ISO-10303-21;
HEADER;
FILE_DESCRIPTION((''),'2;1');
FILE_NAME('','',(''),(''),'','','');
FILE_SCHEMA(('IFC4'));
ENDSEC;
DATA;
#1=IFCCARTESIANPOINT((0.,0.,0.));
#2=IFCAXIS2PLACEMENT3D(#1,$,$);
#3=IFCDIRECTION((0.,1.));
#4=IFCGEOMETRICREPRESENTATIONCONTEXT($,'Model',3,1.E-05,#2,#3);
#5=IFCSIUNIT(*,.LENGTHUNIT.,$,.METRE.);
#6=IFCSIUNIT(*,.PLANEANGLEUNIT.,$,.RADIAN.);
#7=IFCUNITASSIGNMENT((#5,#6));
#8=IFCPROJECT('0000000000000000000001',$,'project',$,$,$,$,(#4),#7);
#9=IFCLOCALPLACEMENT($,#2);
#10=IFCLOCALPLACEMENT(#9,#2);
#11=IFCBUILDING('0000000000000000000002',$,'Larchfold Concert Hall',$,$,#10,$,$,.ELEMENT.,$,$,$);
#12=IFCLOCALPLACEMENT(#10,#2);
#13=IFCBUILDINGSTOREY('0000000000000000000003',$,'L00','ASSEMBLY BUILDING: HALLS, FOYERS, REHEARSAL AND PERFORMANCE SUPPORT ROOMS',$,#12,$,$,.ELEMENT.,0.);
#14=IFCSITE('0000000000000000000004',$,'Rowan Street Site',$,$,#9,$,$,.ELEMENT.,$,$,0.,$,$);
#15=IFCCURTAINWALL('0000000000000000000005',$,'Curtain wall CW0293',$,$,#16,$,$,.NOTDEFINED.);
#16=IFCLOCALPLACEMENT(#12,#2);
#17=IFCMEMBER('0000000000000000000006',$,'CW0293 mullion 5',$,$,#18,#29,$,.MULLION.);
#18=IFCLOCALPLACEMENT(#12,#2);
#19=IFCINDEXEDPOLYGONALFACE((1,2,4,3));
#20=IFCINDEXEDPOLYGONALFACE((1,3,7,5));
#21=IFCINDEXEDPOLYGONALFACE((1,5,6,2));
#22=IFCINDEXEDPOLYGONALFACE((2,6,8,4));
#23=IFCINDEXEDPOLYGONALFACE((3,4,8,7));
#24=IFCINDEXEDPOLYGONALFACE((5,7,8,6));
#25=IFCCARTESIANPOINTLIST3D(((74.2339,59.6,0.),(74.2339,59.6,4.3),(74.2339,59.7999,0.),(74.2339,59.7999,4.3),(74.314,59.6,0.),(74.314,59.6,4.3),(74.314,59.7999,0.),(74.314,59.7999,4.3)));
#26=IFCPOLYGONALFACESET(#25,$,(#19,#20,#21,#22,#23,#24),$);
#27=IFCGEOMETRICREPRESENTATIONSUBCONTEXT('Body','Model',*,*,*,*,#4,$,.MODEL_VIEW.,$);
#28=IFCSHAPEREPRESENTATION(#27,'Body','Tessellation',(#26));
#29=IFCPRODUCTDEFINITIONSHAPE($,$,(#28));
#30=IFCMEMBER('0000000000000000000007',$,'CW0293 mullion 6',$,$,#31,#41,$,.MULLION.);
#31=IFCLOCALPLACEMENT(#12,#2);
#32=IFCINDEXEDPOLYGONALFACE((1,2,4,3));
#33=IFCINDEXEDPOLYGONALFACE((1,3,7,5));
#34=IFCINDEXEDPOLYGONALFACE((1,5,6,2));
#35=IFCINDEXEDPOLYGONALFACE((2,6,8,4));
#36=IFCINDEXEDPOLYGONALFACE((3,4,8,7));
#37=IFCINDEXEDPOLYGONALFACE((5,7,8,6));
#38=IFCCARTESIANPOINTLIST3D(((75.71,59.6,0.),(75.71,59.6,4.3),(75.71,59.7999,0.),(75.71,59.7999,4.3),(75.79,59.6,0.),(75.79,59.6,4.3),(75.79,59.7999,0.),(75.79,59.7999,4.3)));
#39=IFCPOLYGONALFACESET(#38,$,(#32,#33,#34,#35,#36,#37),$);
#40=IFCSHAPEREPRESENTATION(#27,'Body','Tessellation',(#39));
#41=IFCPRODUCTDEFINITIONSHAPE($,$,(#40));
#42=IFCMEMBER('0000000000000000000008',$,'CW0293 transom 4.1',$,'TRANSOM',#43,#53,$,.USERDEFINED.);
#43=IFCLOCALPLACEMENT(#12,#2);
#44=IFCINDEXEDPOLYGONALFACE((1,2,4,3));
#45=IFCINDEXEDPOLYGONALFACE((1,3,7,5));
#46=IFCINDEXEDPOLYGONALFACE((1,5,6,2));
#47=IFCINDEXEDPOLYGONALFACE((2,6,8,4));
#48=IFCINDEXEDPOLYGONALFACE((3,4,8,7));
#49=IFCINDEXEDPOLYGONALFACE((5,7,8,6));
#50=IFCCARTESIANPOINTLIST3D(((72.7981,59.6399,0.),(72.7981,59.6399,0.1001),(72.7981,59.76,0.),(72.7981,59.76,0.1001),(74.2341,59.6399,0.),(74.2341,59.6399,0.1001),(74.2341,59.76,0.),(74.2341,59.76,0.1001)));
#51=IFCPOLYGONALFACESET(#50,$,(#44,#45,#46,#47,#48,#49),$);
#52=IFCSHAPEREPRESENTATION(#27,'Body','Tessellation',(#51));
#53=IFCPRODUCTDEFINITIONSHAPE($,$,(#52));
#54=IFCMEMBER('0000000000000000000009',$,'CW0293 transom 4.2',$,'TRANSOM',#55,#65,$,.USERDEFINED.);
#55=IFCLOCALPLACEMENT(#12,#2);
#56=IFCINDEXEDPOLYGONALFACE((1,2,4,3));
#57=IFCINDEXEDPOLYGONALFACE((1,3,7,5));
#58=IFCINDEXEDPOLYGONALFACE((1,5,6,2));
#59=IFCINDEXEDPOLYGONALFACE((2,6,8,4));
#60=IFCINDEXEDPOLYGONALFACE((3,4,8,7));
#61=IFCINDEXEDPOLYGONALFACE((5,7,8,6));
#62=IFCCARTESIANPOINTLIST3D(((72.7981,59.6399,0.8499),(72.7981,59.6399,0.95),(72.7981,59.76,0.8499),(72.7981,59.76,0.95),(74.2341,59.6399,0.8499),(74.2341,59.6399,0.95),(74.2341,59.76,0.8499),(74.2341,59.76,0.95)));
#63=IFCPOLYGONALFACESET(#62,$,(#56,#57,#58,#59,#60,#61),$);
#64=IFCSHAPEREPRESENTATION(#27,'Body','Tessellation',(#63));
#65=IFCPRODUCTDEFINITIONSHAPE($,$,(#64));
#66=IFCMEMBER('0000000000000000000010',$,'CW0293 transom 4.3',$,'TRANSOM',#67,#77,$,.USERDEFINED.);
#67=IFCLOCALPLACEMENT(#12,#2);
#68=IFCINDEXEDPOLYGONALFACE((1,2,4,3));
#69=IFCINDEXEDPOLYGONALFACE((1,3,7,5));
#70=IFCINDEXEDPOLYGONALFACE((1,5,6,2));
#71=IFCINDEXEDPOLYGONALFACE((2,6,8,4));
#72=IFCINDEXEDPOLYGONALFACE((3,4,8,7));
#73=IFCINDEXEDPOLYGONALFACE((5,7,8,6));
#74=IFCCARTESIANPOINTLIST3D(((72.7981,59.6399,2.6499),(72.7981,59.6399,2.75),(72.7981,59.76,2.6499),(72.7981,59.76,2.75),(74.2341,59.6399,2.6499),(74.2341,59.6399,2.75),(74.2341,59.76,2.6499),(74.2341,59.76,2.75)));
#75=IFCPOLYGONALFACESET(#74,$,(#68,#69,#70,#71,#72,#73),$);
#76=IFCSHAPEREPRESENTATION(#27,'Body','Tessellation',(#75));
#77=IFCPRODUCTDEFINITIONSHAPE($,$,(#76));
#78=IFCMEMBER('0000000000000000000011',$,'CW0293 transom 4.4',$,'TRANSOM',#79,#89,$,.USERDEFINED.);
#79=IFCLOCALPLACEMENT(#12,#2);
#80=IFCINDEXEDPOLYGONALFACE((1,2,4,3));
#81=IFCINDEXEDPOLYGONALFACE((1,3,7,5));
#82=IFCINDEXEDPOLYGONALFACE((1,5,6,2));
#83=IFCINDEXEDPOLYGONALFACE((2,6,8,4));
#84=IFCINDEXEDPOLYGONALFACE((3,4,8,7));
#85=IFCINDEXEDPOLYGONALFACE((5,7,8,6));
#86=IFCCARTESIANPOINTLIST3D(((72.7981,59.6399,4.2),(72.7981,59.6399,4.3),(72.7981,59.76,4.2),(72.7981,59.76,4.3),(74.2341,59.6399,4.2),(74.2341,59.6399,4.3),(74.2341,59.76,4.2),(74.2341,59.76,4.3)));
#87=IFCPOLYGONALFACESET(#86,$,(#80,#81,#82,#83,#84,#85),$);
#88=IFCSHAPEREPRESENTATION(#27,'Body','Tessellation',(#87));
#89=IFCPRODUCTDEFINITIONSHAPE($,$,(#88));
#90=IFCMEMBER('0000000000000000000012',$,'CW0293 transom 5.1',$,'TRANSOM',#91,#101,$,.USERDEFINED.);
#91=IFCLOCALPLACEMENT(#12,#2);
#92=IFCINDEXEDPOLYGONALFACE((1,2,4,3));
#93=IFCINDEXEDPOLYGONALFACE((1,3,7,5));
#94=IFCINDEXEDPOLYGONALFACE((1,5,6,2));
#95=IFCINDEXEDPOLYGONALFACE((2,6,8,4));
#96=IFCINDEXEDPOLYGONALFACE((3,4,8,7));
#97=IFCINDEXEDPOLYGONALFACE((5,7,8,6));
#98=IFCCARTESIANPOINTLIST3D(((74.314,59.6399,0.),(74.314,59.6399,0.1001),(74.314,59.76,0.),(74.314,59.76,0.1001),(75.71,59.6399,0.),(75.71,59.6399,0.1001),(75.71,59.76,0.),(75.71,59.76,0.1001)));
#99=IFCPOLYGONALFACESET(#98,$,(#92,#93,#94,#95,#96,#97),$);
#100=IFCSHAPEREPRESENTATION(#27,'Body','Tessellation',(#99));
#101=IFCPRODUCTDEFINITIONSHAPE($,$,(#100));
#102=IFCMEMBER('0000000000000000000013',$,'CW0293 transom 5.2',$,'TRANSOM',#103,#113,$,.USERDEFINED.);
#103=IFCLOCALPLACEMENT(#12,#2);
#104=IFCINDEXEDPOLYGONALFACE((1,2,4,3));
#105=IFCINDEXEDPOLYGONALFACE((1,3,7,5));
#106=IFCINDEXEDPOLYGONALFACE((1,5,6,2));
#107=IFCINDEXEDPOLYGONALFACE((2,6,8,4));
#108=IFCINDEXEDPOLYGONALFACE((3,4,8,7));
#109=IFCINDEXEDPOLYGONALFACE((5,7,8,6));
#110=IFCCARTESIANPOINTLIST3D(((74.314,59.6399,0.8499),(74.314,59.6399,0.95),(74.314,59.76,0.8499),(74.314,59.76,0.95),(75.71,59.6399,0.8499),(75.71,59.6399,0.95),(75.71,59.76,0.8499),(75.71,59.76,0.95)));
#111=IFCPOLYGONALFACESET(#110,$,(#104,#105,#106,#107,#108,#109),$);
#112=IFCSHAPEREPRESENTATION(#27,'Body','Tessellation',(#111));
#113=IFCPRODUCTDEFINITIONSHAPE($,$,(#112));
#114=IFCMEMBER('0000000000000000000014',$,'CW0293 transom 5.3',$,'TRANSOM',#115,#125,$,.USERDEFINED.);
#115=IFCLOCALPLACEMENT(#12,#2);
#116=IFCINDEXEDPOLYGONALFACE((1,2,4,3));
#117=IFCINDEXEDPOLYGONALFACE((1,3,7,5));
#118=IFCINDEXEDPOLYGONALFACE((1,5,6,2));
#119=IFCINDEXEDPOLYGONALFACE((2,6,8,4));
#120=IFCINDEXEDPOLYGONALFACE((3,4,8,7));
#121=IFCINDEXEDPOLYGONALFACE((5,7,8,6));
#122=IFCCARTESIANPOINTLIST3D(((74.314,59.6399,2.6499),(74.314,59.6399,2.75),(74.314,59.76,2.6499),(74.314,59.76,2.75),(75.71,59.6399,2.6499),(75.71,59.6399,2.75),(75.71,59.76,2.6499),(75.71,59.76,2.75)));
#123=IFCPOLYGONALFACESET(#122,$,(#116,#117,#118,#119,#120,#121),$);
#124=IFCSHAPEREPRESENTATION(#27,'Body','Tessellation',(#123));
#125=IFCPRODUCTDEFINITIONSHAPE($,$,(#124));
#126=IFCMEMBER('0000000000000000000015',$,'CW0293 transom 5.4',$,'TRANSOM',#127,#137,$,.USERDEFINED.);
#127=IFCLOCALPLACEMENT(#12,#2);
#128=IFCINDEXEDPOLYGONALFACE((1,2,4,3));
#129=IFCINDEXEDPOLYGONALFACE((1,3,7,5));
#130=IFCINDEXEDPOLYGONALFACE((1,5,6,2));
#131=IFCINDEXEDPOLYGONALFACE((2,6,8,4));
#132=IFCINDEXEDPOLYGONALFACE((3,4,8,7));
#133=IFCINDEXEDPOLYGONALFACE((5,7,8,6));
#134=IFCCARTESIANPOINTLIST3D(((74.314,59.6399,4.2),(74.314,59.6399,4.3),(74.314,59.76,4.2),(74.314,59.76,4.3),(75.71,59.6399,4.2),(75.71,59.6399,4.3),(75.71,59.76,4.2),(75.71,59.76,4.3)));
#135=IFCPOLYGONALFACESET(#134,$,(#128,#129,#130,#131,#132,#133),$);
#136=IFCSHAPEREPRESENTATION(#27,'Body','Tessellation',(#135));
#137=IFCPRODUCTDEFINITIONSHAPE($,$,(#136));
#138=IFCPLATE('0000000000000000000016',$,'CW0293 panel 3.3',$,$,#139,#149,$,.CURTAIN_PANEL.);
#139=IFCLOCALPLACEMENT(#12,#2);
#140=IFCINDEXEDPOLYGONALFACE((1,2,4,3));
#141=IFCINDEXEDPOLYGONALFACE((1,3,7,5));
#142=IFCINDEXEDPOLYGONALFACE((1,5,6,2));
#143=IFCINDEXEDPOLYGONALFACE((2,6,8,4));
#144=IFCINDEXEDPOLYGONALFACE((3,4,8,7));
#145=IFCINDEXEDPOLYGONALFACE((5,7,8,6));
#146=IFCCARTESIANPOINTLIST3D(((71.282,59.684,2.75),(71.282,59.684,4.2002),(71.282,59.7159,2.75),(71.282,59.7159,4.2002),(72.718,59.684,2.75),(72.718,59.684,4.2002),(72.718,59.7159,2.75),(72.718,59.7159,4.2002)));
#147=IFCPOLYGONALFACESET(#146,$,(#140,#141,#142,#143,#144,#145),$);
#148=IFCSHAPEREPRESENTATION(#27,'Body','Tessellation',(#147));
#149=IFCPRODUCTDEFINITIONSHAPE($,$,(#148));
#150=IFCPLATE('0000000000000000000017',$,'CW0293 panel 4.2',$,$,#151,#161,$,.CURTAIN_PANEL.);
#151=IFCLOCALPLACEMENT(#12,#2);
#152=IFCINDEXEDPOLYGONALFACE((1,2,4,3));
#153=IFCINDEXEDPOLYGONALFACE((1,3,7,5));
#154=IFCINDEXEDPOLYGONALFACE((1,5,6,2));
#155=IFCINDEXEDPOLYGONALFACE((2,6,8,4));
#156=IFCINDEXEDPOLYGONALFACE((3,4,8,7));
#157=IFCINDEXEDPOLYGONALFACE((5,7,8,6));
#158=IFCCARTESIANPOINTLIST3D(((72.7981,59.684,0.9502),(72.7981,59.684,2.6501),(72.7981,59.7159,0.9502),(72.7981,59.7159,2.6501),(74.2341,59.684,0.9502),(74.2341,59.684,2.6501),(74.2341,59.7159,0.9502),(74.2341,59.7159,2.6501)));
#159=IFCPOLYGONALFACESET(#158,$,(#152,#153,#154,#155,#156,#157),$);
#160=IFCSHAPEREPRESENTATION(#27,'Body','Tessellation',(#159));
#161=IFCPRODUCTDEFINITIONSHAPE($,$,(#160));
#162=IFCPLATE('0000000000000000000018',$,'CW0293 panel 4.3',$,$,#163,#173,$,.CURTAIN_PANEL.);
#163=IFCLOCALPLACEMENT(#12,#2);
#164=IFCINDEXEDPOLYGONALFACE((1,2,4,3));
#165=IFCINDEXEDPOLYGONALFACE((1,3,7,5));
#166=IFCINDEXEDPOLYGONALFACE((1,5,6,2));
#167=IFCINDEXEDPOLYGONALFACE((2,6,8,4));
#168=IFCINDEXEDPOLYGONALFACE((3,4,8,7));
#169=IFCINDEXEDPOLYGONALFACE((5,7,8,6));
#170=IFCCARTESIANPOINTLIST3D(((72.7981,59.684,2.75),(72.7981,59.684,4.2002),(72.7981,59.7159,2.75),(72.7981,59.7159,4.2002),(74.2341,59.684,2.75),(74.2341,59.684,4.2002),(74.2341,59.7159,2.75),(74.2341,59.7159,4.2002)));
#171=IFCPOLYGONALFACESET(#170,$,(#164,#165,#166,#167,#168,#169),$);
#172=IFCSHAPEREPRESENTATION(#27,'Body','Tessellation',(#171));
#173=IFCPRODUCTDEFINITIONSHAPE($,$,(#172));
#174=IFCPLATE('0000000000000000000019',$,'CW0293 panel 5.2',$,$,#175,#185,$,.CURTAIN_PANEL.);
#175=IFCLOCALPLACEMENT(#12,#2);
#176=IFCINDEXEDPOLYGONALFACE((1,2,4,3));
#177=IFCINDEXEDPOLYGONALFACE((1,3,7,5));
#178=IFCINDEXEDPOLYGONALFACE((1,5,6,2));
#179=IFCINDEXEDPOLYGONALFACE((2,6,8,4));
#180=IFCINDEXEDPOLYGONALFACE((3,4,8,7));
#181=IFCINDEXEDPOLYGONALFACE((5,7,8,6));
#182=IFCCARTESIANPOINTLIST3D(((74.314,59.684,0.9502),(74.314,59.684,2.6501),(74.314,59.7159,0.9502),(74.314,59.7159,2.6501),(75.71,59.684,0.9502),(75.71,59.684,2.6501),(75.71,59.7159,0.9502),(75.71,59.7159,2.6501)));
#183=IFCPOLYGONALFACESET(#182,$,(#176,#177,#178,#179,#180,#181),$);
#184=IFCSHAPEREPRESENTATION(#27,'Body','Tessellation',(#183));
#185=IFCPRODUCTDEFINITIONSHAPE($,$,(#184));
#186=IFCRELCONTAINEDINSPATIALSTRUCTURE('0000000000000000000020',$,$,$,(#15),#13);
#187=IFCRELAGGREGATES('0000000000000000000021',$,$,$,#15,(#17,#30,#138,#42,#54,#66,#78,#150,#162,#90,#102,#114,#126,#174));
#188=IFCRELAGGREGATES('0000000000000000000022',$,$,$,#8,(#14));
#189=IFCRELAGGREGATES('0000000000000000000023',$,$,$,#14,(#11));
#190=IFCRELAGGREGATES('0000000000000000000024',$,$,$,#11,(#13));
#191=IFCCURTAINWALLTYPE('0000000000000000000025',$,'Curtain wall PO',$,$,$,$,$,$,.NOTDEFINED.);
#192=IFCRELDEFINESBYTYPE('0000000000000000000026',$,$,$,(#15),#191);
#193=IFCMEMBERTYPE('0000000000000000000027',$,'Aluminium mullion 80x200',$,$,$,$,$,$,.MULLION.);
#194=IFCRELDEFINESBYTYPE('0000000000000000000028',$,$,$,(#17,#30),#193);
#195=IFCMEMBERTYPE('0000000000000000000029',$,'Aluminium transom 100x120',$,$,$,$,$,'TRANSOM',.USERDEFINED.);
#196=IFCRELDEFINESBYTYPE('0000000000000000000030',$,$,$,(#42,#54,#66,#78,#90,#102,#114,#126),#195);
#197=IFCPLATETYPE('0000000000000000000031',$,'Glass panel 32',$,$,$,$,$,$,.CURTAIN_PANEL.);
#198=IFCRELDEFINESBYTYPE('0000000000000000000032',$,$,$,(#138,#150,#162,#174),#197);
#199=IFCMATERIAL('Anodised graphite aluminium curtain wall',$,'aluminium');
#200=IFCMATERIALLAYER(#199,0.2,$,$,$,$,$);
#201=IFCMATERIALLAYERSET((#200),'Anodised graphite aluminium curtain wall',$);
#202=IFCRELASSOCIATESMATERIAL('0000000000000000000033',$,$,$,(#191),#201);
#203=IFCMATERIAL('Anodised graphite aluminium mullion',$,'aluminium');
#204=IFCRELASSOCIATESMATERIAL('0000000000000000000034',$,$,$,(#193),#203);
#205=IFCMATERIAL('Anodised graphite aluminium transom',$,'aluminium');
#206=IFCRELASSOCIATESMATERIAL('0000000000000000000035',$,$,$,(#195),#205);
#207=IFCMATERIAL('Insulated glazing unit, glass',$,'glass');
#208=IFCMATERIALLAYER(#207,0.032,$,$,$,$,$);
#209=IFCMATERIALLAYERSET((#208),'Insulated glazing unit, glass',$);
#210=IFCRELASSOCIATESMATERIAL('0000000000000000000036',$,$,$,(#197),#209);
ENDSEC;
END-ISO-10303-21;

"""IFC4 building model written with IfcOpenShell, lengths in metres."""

from ifc_helpers import new_model, si_unit, direction, frame, origin, origin_2d, place, context, subcontext, project, spatial, rectangle, extrude, material, layer, layer_set, material_profile, profile_set, type_object, element, aggregate, save


model = new_model("IFC4")

# Units and contexts
model_context = context("Model", 3, precision=1e-05, world=origin(), true_north=direction((0.0, 1.0)))
body_context = subcontext(model_context, "Body", "Model", "MODEL_VIEW")
ifc_project = project(units=[si_unit("LENGTHUNIT", "METRE"), si_unit("PLANEANGLEUNIT", "RADIAN")], contexts=[model_context])

# Site, building, storey
site_placement = place(None, origin())
site = spatial("IfcSite", under=ifc_project, at=site_placement, Name="Rowan Street Site", CompositionType="ELEMENT", RefElevation=0.0)
building_placement = place(site_placement, origin())
building = spatial("IfcBuilding", under=site, at=building_placement, Name="Larchfold Concert Hall", CompositionType="ELEMENT")
storey_placement = place(building_placement, origin())
storey = spatial("IfcBuildingStorey", under=building, at=storey_placement, Name="L00", Description="ASSEMBLY BUILDING: HALLS, FOYERS, REHEARSAL AND PERFORMANCE SUPPORT ROOMS", CompositionType="ELEMENT", Elevation=0.0)

# Curtain wall, members, plates
ifc_material_1 = material(Name="Anodised graphite aluminium curtain wall", Category="aluminium")
ifc_layer_1 = layer(ifc_material_1, 0.2)
ifc_layer_set_1 = layer_set([ifc_layer_1], Name="Anodised graphite aluminium curtain wall")
curtain_wall_type = type_object("IfcCurtainWallType", Name="Curtain wall PO", PredefinedType="NOTDEFINED", material=ifc_layer_set_1)
curtain_wall_placement = place(storey_placement, origin())
curtain_wall = element("IfcCurtainWall", 1, at=curtain_wall_placement, inside=storey, type_object=curtain_wall_type, Name="Curtain wall CW0293", PredefinedType="NOTDEFINED")
ifc_material_2 = material(Name="Anodised graphite aluminium mullion", Category="aluminium")
ifc_material_profile_1 = material_profile(ifc_material_2, rectangle(XDim=0.2, YDim=0.0801, at=origin_2d()))
ifc_profile_set_1 = profile_set([ifc_material_profile_1], Name="Anodised graphite aluminium mullion")
member_type_1 = type_object("IfcMemberType", Name="Aluminium mullion 80x200", PredefinedType="MULLION", material=ifc_profile_set_1)
member_1_placement = place(storey_placement, frame((74.2739, 59.7, 0.0), z_axis=(0.0, 0.0, 1.0), x_axis=(0.0, 1.0, 0.0)))
member_1 = element("IfcMember", 2, at=member_1_placement, type_object=member_type_1, Name="CW0293 mullion 5", PredefinedType="MULLION", context=body_context, shape_type="SweptSolid", body=[
    extrude(rectangle(XDim=0.2, YDim=0.0801, at=origin_2d()), origin(), (0.0, 0.0, 1.0), 4.3),
])
member_2_placement = place(storey_placement, frame((75.75, 59.7, 0.0), z_axis=(0.0, 0.0, 1.0), x_axis=(0.0, 1.0, 0.0)))
member_2 = element("IfcMember", 3, at=member_2_placement, type_object=member_type_1, Name="CW0293 mullion 6", PredefinedType="MULLION", context=body_context, shape_type="SweptSolid", body=[
    extrude(rectangle(XDim=0.2, YDim=0.0801, at=origin_2d()), origin(), (0.0, 0.0, 1.0), 4.3),
])
ifc_material_3 = material(Name="Anodised graphite aluminium transom", Category="aluminium")
ifc_material_profile_2 = material_profile(ifc_material_3, rectangle(XDim=0.1201, YDim=0.1001, at=origin_2d()))
ifc_profile_set_2 = profile_set([ifc_material_profile_2], Name="Anodised graphite aluminium transom")
member_type_2 = type_object("IfcMemberType", Name="Aluminium transom 100x120", ElementType="TRANSOM", PredefinedType="USERDEFINED", material=ifc_profile_set_2)
member_3_placement = place(storey_placement, frame((72.7981, 59.7, 0.05), z_axis=(1.0, 0.0, 0.0), x_axis=(0.0, 1.0, 0.0)))
member_3 = element("IfcMember", 4, at=member_3_placement, type_object=member_type_2, Name="CW0293 transom 4.1", ObjectType="TRANSOM", PredefinedType="USERDEFINED", context=body_context, shape_type="SweptSolid", body=[
    extrude(rectangle(XDim=0.1201, YDim=0.1001, at=origin_2d()), origin(), (0.0, 0.0, 1.0), 1.436),
])
member_4_placement = place(storey_placement, frame((72.7981, 59.7, 0.8999), z_axis=(1.0, 0.0, 0.0), x_axis=(0.0, 1.0, 0.0)))
member_4 = element("IfcMember", 5, at=member_4_placement, type_object=member_type_2, Name="CW0293 transom 4.2", ObjectType="TRANSOM", PredefinedType="USERDEFINED", context=body_context, shape_type="SweptSolid", body=[
    extrude(rectangle(XDim=0.1201, YDim=0.1001, at=origin_2d()), origin(), (0.0, 0.0, 1.0), 1.436),
])
member_5_placement = place(storey_placement, frame((72.7981, 59.7, 2.7), z_axis=(1.0, 0.0, 0.0), x_axis=(0.0, 1.0, 0.0)))
member_5 = element("IfcMember", 6, at=member_5_placement, type_object=member_type_2, Name="CW0293 transom 4.3", ObjectType="TRANSOM", PredefinedType="USERDEFINED", context=body_context, shape_type="SweptSolid", body=[
    extrude(rectangle(XDim=0.1201, YDim=0.1001, at=origin_2d()), origin(), (0.0, 0.0, 1.0), 1.436),
])
member_6_placement = place(storey_placement, frame((72.7981, 59.7, 4.25), z_axis=(1.0, 0.0, 0.0), x_axis=(0.0, 1.0, 0.0)))
member_6 = element("IfcMember", 7, at=member_6_placement, type_object=member_type_2, Name="CW0293 transom 4.4", ObjectType="TRANSOM", PredefinedType="USERDEFINED", context=body_context, shape_type="SweptSolid", body=[
    extrude(rectangle(XDim=0.1201, YDim=0.1001, at=origin_2d()), origin(), (0.0, 0.0, 1.0), 1.436),
])
member_7_placement = place(storey_placement, frame((74.314, 59.7, 0.05), z_axis=(1.0, 0.0, 0.0), x_axis=(0.0, 1.0, 0.0)))
member_7 = element("IfcMember", 8, at=member_7_placement, type_object=member_type_2, Name="CW0293 transom 5.1", ObjectType="TRANSOM", PredefinedType="USERDEFINED", context=body_context, shape_type="SweptSolid", body=[
    extrude(rectangle(XDim=0.1201, YDim=0.1001, at=origin_2d()), origin(), (0.0, 0.0, 1.0), 1.396),
])
member_8_placement = place(storey_placement, frame((74.314, 59.7, 0.8999), z_axis=(1.0, 0.0, 0.0), x_axis=(0.0, 1.0, 0.0)))
member_8 = element("IfcMember", 9, at=member_8_placement, type_object=member_type_2, Name="CW0293 transom 5.2", ObjectType="TRANSOM", PredefinedType="USERDEFINED", context=body_context, shape_type="SweptSolid", body=[
    extrude(rectangle(XDim=0.1201, YDim=0.1001, at=origin_2d()), origin(), (0.0, 0.0, 1.0), 1.396),
])
member_9_placement = place(storey_placement, frame((74.314, 59.7, 2.7), z_axis=(1.0, 0.0, 0.0), x_axis=(0.0, 1.0, 0.0)))
member_9 = element("IfcMember", 10, at=member_9_placement, type_object=member_type_2, Name="CW0293 transom 5.3", ObjectType="TRANSOM", PredefinedType="USERDEFINED", context=body_context, shape_type="SweptSolid", body=[
    extrude(rectangle(XDim=0.1201, YDim=0.1001, at=origin_2d()), origin(), (0.0, 0.0, 1.0), 1.396),
])
member_10_placement = place(storey_placement, frame((74.314, 59.7, 4.25), z_axis=(1.0, 0.0, 0.0), x_axis=(0.0, 1.0, 0.0)))
member_10 = element("IfcMember", 11, at=member_10_placement, type_object=member_type_2, Name="CW0293 transom 5.4", ObjectType="TRANSOM", PredefinedType="USERDEFINED", context=body_context, shape_type="SweptSolid", body=[
    extrude(rectangle(XDim=0.1201, YDim=0.1001, at=origin_2d()), origin(), (0.0, 0.0, 1.0), 1.396),
])
ifc_material_4 = material(Name="Insulated glazing unit, glass", Category="glass")
ifc_layer_2 = layer(ifc_material_4, 0.032)
ifc_layer_set_2 = layer_set([ifc_layer_2], Name="Insulated glazing unit, glass")
plate_type_1 = type_object("IfcPlateType", Name="Glass panel 32", PredefinedType="CURTAIN_PANEL", material=ifc_layer_set_2)
plate_1_placement = place(storey_placement, frame((72.0, 59.7, 2.75), z_axis=(0.0, 0.0, 1.0), x_axis=(1.0, 0.0, 0.0)))
plate_1 = element("IfcPlate", 12, at=plate_1_placement, type_object=plate_type_1, Name="CW0293 panel 3.3", PredefinedType="CURTAIN_PANEL", context=body_context, shape_type="SweptSolid", body=[
    extrude(rectangle(XDim=1.436, YDim=0.032, at=origin_2d()), origin(), (0.0, 0.0, 1.0), 1.4502),
])
plate_2_placement = place(storey_placement, frame((73.5161, 59.7, 0.9502), z_axis=(0.0, 0.0, 1.0), x_axis=(1.0, 0.0, 0.0)))
plate_2 = element("IfcPlate", 13, at=plate_2_placement, type_object=plate_type_1, Name="CW0293 panel 4.2", PredefinedType="CURTAIN_PANEL", context=body_context, shape_type="SweptSolid", body=[
    extrude(rectangle(XDim=1.436, YDim=0.032, at=origin_2d()), origin(), (0.0, 0.0, 1.0), 1.7),
])
plate_3_placement = place(storey_placement, frame((73.5161, 59.7, 2.75), z_axis=(0.0, 0.0, 1.0), x_axis=(1.0, 0.0, 0.0)))
plate_3 = element("IfcPlate", 14, at=plate_3_placement, type_object=plate_type_1, Name="CW0293 panel 4.3", PredefinedType="CURTAIN_PANEL", context=body_context, shape_type="SweptSolid", body=[
    extrude(rectangle(XDim=1.436, YDim=0.032, at=origin_2d()), origin(), (0.0, 0.0, 1.0), 1.4502),
])
plate_4_placement = place(storey_placement, frame((75.012, 59.7, 0.9502), z_axis=(0.0, 0.0, 1.0), x_axis=(1.0, 0.0, 0.0)))
plate_4 = element("IfcPlate", 15, at=plate_4_placement, type_object=plate_type_1, Name="CW0293 panel 5.2", PredefinedType="CURTAIN_PANEL", context=body_context, shape_type="SweptSolid", body=[
    extrude(rectangle(XDim=1.396, YDim=0.032, at=origin_2d()), origin(), (0.0, 0.0, 1.0), 1.7),
])
aggregate(curtain_wall, [member_1, member_2, plate_1, member_3, member_4, member_5, member_6, plate_2, plate_3, member_7, member_8, member_9, member_10, plate_4])

save(model, "model.ifc")
